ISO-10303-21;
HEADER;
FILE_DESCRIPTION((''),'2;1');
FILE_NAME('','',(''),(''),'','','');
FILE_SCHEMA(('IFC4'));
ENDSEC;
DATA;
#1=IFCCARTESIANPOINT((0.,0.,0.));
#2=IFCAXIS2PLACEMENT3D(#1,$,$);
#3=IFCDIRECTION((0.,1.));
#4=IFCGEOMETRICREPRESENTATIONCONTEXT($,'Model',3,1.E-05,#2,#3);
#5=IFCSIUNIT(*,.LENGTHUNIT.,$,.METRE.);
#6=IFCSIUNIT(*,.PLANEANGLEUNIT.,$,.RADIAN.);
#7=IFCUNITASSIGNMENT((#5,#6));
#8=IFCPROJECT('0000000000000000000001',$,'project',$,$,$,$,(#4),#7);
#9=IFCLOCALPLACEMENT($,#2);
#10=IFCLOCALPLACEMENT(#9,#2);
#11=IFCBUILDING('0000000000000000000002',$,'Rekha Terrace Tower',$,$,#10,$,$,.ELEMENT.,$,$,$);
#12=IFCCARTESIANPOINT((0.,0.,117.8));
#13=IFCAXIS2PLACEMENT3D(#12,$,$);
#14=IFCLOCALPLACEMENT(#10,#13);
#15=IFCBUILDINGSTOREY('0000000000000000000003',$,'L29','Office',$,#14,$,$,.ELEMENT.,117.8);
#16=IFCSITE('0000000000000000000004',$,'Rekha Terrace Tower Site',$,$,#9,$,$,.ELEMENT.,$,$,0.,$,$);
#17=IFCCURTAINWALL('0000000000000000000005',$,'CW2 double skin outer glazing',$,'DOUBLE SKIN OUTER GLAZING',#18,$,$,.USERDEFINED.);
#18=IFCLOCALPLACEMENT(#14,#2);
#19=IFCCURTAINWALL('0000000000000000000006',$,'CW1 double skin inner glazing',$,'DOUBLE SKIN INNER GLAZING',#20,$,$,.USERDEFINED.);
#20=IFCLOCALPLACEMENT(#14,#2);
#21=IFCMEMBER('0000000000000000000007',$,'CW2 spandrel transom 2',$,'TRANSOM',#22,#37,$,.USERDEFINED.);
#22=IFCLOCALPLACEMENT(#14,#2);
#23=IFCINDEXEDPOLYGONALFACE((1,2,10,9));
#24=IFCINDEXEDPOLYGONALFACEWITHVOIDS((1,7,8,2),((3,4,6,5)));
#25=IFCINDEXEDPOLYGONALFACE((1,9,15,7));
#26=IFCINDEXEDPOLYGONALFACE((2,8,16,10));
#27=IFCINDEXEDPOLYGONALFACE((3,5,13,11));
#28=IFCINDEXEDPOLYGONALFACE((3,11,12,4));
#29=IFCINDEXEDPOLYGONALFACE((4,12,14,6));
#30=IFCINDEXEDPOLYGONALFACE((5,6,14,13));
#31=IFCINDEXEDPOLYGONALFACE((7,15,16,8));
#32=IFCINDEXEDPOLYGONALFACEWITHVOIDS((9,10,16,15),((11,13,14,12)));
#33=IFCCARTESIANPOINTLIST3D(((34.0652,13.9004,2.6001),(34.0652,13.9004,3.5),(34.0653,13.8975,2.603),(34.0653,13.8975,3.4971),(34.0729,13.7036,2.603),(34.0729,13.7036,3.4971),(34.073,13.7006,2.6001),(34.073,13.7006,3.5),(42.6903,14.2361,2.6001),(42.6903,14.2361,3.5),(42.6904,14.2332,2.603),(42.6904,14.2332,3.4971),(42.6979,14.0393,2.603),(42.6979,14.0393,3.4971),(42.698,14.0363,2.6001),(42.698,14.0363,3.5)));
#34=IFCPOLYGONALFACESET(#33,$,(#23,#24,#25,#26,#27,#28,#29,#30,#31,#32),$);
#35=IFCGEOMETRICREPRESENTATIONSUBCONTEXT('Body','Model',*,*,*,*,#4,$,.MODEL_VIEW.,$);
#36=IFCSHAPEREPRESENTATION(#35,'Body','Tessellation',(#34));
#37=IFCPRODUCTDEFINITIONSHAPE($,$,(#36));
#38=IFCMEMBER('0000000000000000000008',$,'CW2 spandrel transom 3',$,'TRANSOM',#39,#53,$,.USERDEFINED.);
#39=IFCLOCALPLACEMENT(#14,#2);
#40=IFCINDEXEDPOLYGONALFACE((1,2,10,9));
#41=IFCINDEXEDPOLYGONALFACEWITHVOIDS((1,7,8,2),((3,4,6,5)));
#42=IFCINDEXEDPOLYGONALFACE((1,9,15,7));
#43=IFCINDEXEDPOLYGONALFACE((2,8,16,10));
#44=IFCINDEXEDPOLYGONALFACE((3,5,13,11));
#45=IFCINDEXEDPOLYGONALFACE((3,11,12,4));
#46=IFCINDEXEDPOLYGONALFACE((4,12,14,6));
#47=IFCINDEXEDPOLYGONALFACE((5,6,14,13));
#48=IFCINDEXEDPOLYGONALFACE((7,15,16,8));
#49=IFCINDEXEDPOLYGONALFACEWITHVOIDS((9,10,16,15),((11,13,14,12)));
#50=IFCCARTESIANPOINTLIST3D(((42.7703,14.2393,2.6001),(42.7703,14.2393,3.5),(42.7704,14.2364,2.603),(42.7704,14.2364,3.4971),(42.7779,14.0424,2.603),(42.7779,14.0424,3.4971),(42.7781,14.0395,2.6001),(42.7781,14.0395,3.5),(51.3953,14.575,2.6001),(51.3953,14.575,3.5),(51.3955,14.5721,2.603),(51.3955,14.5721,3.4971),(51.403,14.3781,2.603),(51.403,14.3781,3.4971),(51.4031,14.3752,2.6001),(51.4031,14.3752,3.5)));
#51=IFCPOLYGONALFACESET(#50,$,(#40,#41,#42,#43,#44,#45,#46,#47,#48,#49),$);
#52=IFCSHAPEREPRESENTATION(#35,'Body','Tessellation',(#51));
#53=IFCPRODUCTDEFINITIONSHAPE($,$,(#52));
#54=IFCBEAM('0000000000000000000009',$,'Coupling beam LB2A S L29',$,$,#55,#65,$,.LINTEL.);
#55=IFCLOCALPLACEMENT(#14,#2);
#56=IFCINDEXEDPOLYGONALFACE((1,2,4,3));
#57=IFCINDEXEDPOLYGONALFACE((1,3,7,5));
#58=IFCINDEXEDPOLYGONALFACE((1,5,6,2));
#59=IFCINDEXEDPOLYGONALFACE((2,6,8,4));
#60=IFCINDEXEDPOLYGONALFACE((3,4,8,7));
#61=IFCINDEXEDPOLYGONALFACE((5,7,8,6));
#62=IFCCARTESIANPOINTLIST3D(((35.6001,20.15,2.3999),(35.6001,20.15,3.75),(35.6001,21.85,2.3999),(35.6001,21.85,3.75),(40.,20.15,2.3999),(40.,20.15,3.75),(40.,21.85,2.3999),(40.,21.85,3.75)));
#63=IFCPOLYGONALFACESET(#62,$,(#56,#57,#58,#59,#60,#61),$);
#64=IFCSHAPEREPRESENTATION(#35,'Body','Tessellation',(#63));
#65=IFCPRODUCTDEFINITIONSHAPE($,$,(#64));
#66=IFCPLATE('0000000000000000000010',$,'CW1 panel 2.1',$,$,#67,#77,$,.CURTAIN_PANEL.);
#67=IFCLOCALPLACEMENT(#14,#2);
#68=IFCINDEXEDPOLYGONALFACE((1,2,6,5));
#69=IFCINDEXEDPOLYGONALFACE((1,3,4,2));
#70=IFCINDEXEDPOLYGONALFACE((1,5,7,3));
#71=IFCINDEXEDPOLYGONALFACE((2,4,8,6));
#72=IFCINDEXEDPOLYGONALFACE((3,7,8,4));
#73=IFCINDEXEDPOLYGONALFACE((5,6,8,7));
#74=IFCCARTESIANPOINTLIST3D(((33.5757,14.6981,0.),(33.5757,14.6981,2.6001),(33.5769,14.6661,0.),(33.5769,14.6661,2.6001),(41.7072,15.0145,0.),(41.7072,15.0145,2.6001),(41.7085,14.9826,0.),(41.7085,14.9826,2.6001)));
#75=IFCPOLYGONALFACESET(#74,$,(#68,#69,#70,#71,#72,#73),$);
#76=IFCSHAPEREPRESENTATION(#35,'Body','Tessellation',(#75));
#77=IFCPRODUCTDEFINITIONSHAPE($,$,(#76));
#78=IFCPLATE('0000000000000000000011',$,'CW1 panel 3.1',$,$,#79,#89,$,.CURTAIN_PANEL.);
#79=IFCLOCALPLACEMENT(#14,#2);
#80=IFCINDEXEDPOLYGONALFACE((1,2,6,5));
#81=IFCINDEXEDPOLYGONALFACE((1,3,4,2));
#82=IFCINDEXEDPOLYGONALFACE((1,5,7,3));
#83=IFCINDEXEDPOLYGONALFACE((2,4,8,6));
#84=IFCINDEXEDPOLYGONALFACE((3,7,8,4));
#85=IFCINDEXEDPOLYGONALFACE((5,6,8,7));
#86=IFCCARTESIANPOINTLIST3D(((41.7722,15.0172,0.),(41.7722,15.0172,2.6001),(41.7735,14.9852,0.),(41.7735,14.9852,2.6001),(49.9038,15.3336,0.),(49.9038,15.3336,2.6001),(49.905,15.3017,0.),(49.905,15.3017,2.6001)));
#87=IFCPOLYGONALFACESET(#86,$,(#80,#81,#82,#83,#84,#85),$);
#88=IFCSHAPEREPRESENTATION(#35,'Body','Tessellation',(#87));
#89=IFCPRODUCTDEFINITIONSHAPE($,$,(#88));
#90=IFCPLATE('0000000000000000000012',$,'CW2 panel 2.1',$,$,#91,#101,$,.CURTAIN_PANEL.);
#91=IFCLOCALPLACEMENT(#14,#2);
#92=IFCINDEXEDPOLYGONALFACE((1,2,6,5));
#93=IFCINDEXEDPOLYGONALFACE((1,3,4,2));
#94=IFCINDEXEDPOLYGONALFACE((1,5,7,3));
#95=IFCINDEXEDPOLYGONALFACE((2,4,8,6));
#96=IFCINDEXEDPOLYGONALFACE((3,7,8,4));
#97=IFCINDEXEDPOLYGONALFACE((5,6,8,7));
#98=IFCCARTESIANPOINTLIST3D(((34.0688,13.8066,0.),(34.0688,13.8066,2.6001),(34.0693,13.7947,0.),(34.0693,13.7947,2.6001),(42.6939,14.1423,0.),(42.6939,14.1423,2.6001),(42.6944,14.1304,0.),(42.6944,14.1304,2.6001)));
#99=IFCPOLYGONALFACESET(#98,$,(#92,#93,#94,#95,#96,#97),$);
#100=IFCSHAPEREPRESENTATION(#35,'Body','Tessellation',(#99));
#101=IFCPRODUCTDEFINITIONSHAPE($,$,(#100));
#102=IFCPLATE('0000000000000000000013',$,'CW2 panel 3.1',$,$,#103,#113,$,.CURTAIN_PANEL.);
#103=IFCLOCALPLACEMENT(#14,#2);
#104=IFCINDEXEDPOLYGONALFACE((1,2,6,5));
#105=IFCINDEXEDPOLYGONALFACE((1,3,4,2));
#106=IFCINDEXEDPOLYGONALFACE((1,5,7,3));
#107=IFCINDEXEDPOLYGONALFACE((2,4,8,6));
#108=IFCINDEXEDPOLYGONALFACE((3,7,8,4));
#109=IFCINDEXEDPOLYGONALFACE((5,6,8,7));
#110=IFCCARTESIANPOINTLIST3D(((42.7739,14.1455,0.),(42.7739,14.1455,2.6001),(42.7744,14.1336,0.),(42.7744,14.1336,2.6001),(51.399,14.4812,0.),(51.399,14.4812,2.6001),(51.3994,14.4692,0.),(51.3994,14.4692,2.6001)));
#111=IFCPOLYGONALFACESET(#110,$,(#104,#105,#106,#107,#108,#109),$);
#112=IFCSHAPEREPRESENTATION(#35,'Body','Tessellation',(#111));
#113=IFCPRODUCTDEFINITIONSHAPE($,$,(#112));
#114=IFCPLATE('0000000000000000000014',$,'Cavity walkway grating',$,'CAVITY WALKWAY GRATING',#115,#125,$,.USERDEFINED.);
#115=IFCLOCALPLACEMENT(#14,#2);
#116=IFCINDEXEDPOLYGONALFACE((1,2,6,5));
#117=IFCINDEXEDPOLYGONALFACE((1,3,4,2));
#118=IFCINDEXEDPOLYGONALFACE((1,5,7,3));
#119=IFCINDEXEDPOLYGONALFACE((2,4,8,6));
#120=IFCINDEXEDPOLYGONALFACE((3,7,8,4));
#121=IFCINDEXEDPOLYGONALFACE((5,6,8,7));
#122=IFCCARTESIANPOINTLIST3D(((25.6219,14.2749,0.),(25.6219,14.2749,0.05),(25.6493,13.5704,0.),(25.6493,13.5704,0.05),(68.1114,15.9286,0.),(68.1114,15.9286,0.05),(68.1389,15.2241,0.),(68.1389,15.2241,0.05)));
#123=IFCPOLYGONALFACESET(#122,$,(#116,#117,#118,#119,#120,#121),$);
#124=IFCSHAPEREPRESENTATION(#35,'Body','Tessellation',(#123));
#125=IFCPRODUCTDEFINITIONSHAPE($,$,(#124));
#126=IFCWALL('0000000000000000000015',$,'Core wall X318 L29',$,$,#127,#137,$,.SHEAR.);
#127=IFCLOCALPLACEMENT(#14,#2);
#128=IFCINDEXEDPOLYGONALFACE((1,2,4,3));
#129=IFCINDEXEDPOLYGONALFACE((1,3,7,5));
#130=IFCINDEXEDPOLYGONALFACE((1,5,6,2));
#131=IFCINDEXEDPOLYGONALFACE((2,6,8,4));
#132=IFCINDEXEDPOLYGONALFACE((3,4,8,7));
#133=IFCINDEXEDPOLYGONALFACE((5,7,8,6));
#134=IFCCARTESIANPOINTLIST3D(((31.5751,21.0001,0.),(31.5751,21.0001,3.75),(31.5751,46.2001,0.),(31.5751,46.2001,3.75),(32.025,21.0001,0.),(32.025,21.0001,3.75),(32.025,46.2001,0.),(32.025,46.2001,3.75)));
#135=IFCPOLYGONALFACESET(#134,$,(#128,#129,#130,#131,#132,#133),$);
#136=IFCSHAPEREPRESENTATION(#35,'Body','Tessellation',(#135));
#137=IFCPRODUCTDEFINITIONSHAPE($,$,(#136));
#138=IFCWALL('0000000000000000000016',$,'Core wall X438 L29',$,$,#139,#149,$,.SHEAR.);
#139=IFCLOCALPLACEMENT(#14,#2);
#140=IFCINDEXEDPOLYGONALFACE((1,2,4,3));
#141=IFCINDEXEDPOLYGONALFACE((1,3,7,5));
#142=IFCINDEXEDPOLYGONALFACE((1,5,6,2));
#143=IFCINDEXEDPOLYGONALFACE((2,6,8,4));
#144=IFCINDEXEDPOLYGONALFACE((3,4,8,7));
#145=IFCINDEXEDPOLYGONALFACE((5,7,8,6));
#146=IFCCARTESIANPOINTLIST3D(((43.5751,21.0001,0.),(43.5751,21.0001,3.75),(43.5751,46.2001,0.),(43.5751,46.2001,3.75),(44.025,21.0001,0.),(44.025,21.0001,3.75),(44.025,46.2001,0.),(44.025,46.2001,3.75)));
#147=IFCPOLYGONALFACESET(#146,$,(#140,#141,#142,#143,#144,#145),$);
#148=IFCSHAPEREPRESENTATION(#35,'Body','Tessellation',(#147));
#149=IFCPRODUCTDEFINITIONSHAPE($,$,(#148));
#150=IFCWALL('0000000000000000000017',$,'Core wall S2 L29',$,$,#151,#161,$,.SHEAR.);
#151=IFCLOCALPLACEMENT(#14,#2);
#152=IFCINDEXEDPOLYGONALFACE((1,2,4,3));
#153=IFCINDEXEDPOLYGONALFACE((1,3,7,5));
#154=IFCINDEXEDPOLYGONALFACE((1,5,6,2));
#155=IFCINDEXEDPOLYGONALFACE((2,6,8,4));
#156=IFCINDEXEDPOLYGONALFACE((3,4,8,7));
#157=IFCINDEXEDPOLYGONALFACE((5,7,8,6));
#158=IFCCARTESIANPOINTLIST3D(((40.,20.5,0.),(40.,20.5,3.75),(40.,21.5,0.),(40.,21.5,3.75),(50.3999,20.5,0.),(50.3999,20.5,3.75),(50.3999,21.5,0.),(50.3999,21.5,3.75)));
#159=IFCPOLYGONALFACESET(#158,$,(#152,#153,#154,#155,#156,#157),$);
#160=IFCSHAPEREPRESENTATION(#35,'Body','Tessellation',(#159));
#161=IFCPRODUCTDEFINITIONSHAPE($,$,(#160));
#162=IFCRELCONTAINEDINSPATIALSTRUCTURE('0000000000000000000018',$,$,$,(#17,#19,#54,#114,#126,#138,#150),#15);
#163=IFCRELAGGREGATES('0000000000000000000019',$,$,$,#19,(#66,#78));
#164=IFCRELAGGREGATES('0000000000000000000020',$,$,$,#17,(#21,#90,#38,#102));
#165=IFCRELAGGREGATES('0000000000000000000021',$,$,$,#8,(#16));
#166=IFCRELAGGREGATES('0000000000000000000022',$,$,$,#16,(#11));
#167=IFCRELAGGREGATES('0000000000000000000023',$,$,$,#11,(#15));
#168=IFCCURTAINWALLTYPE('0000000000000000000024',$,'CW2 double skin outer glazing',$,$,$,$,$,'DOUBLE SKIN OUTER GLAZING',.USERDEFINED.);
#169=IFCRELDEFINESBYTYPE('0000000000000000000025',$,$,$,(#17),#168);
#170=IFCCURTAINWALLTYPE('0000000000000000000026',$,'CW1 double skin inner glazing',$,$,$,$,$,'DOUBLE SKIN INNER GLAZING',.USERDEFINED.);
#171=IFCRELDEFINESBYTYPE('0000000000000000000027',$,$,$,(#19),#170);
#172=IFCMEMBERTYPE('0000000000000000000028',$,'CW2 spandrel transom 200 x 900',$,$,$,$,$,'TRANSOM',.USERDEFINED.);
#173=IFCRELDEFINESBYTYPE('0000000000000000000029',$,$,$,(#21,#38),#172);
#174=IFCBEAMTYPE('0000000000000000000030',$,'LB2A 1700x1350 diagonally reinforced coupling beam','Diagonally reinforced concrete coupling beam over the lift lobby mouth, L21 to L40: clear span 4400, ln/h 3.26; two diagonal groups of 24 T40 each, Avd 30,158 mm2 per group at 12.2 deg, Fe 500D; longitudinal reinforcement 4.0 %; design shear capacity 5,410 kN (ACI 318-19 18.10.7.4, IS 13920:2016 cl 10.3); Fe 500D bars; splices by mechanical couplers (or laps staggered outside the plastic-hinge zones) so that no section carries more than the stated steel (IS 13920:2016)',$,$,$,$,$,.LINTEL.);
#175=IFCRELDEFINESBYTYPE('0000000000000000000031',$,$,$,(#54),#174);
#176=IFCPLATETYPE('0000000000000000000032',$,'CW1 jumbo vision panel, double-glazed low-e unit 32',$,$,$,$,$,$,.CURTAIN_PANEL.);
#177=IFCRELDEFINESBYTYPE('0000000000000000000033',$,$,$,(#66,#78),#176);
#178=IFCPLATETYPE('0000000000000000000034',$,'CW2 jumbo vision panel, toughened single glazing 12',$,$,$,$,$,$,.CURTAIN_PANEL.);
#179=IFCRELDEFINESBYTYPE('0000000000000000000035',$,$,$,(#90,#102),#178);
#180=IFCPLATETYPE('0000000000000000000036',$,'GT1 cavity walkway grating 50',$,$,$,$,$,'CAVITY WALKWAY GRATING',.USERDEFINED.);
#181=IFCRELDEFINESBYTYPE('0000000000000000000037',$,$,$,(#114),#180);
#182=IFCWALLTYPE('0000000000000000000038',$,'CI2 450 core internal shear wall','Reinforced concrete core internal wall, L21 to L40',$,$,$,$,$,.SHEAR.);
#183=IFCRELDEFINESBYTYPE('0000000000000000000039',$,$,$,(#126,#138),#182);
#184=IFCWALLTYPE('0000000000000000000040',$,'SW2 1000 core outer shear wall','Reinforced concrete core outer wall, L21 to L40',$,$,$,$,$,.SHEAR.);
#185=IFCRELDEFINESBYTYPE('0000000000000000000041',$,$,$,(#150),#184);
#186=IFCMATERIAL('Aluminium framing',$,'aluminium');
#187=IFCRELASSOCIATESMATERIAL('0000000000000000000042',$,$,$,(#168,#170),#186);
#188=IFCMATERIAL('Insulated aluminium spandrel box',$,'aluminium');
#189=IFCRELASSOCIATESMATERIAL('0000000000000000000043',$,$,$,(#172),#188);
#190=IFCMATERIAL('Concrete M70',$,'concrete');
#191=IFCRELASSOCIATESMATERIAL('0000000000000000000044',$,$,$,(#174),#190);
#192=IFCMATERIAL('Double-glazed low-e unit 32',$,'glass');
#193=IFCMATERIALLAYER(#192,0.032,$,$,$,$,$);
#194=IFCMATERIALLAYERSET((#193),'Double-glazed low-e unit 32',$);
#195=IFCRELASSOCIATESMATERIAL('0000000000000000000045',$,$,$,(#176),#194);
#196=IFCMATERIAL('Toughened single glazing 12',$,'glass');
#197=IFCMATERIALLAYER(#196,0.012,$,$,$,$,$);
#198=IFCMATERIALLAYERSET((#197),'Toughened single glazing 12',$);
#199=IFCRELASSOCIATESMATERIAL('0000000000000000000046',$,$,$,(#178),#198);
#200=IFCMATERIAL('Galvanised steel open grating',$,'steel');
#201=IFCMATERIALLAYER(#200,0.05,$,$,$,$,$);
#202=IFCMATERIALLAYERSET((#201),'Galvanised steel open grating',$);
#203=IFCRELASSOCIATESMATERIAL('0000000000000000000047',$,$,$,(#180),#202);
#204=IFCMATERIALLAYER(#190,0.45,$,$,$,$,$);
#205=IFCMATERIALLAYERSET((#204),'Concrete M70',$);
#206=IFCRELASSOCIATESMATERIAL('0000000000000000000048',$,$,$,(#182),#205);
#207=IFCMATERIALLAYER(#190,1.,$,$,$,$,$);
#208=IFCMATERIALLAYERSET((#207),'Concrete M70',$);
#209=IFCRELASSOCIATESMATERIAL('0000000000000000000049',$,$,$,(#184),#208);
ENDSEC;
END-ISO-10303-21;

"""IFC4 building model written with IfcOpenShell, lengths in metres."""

from ifc_helpers import new_model, si_unit, direction, frame, frame_2d, origin, origin_2d, place, context, subcontext, project, spatial, rectangle, hollow_rectangle, extrude, material, layer, layer_set, material_profile, profile_set, type_object, element, aggregate, save


model = new_model("IFC4")

# Units and contexts
model_context = context("Model", 3, precision=1e-05, world=origin(), true_north=direction((0.0, 1.0)))
body_context = subcontext(model_context, "Body", "Model", "MODEL_VIEW")
ifc_project = project(units=[si_unit("LENGTHUNIT", "METRE"), si_unit("PLANEANGLEUNIT", "RADIAN")], contexts=[model_context])

# Site, building, storey
site_placement = place(None, origin())
site = spatial("IfcSite", under=ifc_project, at=site_placement, Name="Rekha Terrace Tower Site", CompositionType="ELEMENT", RefElevation=0.0)
building_placement = place(site_placement, origin())
building = spatial("IfcBuilding", under=site, at=building_placement, Name="Rekha Terrace Tower", CompositionType="ELEMENT")
storey_placement = place(building_placement, frame((0.0, 0.0, 117.8)))
storey = spatial("IfcBuildingStorey", under=building, at=storey_placement, Name="L29", Description="Office", CompositionType="ELEMENT", Elevation=117.8)

# Shared definitions
ifc_material_1 = material(Name="Concrete M70", Category="concrete")

# Curtain walls
ifc_material_2 = material(Name="Aluminium framing", Category="aluminium")
curtain_wall_type_1 = type_object("IfcCurtainWallType", Name="CW2 double skin outer glazing", ElementType="DOUBLE SKIN OUTER GLAZING", PredefinedType="USERDEFINED", material=ifc_material_2)
curtain_wall_1_placement = place(storey_placement, origin())
curtain_wall_1 = element("IfcCurtainWall", 1, at=curtain_wall_1_placement, inside=storey, type_object=curtain_wall_type_1, Name="CW2 double skin outer glazing", ObjectType="DOUBLE SKIN OUTER GLAZING", PredefinedType="USERDEFINED")
curtain_wall_type_2 = type_object("IfcCurtainWallType", Name="CW1 double skin inner glazing", ElementType="DOUBLE SKIN INNER GLAZING", PredefinedType="USERDEFINED", material=ifc_material_2)
curtain_wall_2_placement = place(storey_placement, origin())
curtain_wall_2 = element("IfcCurtainWall", 2, at=curtain_wall_2_placement, inside=storey, type_object=curtain_wall_type_2, Name="CW1 double skin inner glazing", ObjectType="DOUBLE SKIN INNER GLAZING", PredefinedType="USERDEFINED")
ifc_material_3 = material(Name="Insulated aluminium spandrel box", Category="aluminium")

# Members
ifc_material_profile_1 = material_profile(ifc_material_3, hollow_rectangle(XDim=0.2, YDim=0.8999, WallThickness=0.0029, at=origin_2d()), Name="AL SPANDREL BOX 200x900")
ifc_profile_set_1 = profile_set([ifc_material_profile_1], Name="Insulated aluminium spandrel box")
member_type_1 = type_object("IfcMemberType", Name="CW2 spandrel transom 200 x 900", ElementType="TRANSOM", PredefinedType="USERDEFINED", material=ifc_profile_set_1)
member_1_placement = place(storey_placement, frame((34.0691, 13.8005, 3.05), z_axis=(0.999243, 0.038892, 0.0), x_axis=(-0.038892, 0.999243, 0.0)))
member_1 = element("IfcMember", 3, at=member_1_placement, type_object=member_type_1, Name="CW2 spandrel transom 2", ObjectType="TRANSOM", PredefinedType="USERDEFINED", context=body_context, shape_type="SweptSolid", body=[
    extrude(hollow_rectangle(XDim=0.2, YDim=0.8999, WallThickness=0.0029, at=origin_2d()), origin(), (0.0, 0.0, 1.0), 8.6316),
])
member_2_placement = place(storey_placement, frame((42.7742, 14.1394, 3.05), z_axis=(0.999243, 0.038892, 0.0), x_axis=(-0.038892, 0.999243, 0.0)))
member_2 = element("IfcMember", 4, at=member_2_placement, type_object=member_type_1, Name="CW2 spandrel transom 3", ObjectType="TRANSOM", PredefinedType="USERDEFINED", context=body_context, shape_type="SweptSolid", body=[
    extrude(hollow_rectangle(XDim=0.2, YDim=0.8999, WallThickness=0.0029, at=origin_2d()), origin(), (0.0, 0.0, 1.0), 8.6316),
])

# Beam
ifc_material_profile_2 = material_profile(ifc_material_1, rectangle(XDim=1.7, YDim=1.3501, at=origin_2d()), Name="RC 1700x1350")
ifc_profile_set_2 = profile_set([ifc_material_profile_2], Name="Concrete M70")
beam_type = type_object("IfcBeamType", Name="LB2A 1700x1350 diagonally reinforced coupling beam", Description="Diagonally reinforced concrete coupling beam over the lift lobby mouth, L21 to L40: clear span 4400, ln/h 3.26; two diagonal groups of 24 T40 each, Avd 30,158 mm2 per group at 12.2 deg, Fe 500D; longitudinal reinforcement 4.0 %; design shear capacity 5,410 kN (ACI 318-19 18.10.7.4, IS 13920:2016 cl 10.3); Fe 500D bars; splices by mechanical couplers (or laps staggered outside the plastic-hinge zones) so that no section carries more than the stated steel (IS 13920:2016)", PredefinedType="LINTEL", material=ifc_profile_set_2)
beam_placement = place(storey_placement, frame((35.6001, 21.0, 3.075), z_axis=(1.0, 0.0, 0.0), x_axis=(0.0, 1.0, 0.0)))
element("IfcBeam", 5, at=beam_placement, inside=storey, type_object=beam_type, Name="Coupling beam LB2A S L29", PredefinedType="LINTEL", context=body_context, shape_type="SweptSolid", body=[
    extrude(rectangle(XDim=1.7, YDim=1.3501, at=origin_2d()), origin(), (0.0, 0.0, 1.0), 4.3999),
])

# Plates
ifc_material_4 = material(Name="Double-glazed low-e unit 32", Category="glass")
ifc_layer_1 = layer(ifc_material_4, 0.032)
ifc_layer_set_1 = layer_set([ifc_layer_1], Name="Double-glazed low-e unit 32")
plate_type_1 = type_object("IfcPlateType", Name="CW1 jumbo vision panel, double-glazed low-e unit 32", PredefinedType="CURTAIN_PANEL", material=ifc_layer_set_1)
plate_1_placement = place(storey_placement, frame((37.6421, 14.8403, 0.0), z_axis=(0.0, 0.0, 1.0), x_axis=(0.999243, 0.03889, 0.0)))
plate_1 = element("IfcPlate", 6, at=plate_1_placement, type_object=plate_type_1, Name="CW1 panel 2.1", PredefinedType="CURTAIN_PANEL", context=body_context, shape_type="SweptSolid", body=[
    extrude(rectangle(XDim=8.1377, YDim=0.032, at=origin_2d()), origin(), (0.0, 0.0, 1.0), 2.6001),
])
plate_2_placement = place(storey_placement, frame((45.8386, 15.1594, 0.0), z_axis=(0.0, 0.0, 1.0), x_axis=(0.999243, 0.03889, 0.0)))
plate_2 = element("IfcPlate", 7, at=plate_2_placement, type_object=plate_type_1, Name="CW1 panel 3.1", PredefinedType="CURTAIN_PANEL", context=body_context, shape_type="SweptSolid", body=[
    extrude(rectangle(XDim=8.1377, YDim=0.032, at=origin_2d()), origin(), (0.0, 0.0, 1.0), 2.6001),
])
aggregate(curtain_wall_2, [plate_1, plate_2])
ifc_material_5 = material(Name="Toughened single glazing 12", Category="glass")
ifc_layer_2 = layer(ifc_material_5, 0.012)
ifc_layer_set_2 = layer_set([ifc_layer_2], Name="Toughened single glazing 12")
plate_type_2 = type_object("IfcPlateType", Name="CW2 jumbo vision panel, toughened single glazing 12", PredefinedType="CURTAIN_PANEL", material=ifc_layer_set_2)
plate_3_placement = place(storey_placement, frame((38.3816, 13.9685, 0.0), z_axis=(0.0, 0.0, 1.0), x_axis=(0.999243, 0.03889, 0.0)))
plate_3 = element("IfcPlate", 8, at=plate_3_placement, type_object=plate_type_2, Name="CW2 panel 2.1", PredefinedType="CURTAIN_PANEL", context=body_context, shape_type="SweptSolid", body=[
    extrude(rectangle(XDim=8.6316, YDim=0.012, at=origin_2d()), origin(), (0.0, 0.0, 1.0), 2.6001),
])
plate_4_placement = place(storey_placement, frame((47.0867, 14.3074, 0.0), z_axis=(0.0, 0.0, 1.0), x_axis=(0.999243, 0.03889, 0.0)))
plate_4 = element("IfcPlate", 9, at=plate_4_placement, type_object=plate_type_2, Name="CW2 panel 3.1", PredefinedType="CURTAIN_PANEL", context=body_context, shape_type="SweptSolid", body=[
    extrude(rectangle(XDim=8.6316, YDim=0.012, at=origin_2d()), origin(), (0.0, 0.0, 1.0), 2.6001),
])
aggregate(curtain_wall_1, [member_1, plate_3, member_2, plate_4])
ifc_material_6 = material(Name="Galvanised steel open grating", Category="steel")
ifc_layer_3 = layer(ifc_material_6, 0.05)
ifc_layer_set_3 = layer_set([ifc_layer_3], Name="Galvanised steel open grating")
plate_type_3 = type_object("IfcPlateType", Name="GT1 cavity walkway grating 50", ElementType="CAVITY WALKWAY GRATING", PredefinedType="USERDEFINED", material=ifc_layer_set_3)
plate_5_placement = place(storey_placement, frame((46.8804, 14.7495, 0.0), z_axis=(0.0, 0.0, 1.0), x_axis=(0.999243, 0.03889, 0.0)))
element("IfcPlate", 10, at=plate_5_placement, inside=storey, type_object=plate_type_3, Name="Cavity walkway grating", ObjectType="CAVITY WALKWAY GRATING", PredefinedType="USERDEFINED", context=body_context, shape_type="SweptSolid", body=[
    extrude(rectangle(XDim=42.5217, YDim=0.7051, at=origin_2d()), origin(), (0.0, 0.0, 1.0), 0.05),
])

# Walls
ifc_layer_4 = layer(ifc_material_1, 0.45)
ifc_layer_set_4 = layer_set([ifc_layer_4], Name="Concrete M70")
wall_type_1 = type_object("IfcWallType", Name="CI2 450 core internal shear wall", Description="Reinforced concrete core internal wall, L21 to L40", PredefinedType="SHEAR", material=ifc_layer_set_4)
for number, where, z_axis, x_axis, name in (
    (11, (31.8, 21.0, 0.0), (0.0, 0.0, 1.0), (0.0, 1.0, 0.0), "Core wall X318 L29"),
    (12, (43.8, 21.0, 0.0), (0.0, 0.0, 1.0), (0.0, 1.0, 0.0), "Core wall X438 L29"),
):
    element("IfcWall", number, at=place(storey_placement, frame(where, z_axis=z_axis, x_axis=x_axis)), inside=storey, type_object=wall_type_1, Name=name, PredefinedType="SHEAR", context=body_context, shape_type="SweptSolid", body=[
        extrude(rectangle(XDim=25.2, YDim=0.45, at=frame_2d((12.6001, 0.0))), origin(), (0.0, 0.0, 1.0), 3.75),
    ])
ifc_layer_5 = layer(ifc_material_1, 1.0)
ifc_layer_set_5 = layer_set([ifc_layer_5], Name="Concrete M70")
wall_type_2 = type_object("IfcWallType", Name="SW2 1000 core outer shear wall", Description="Reinforced concrete core outer wall, L21 to L40", PredefinedType="SHEAR", material=ifc_layer_set_5)
wall_1_placement = place(storey_placement, frame((40.0, 21.0, 0.0), z_axis=(0.0, 0.0, 1.0), x_axis=(1.0, 0.0, 0.0)))
element("IfcWall", 13, at=wall_1_placement, inside=storey, type_object=wall_type_2, Name="Core wall S2 L29", PredefinedType="SHEAR", context=body_context, shape_type="SweptSolid", body=[
    extrude(rectangle(XDim=10.3999, YDim=1.0, at=frame_2d((5.2, 0.0))), origin(), (0.0, 0.0, 1.0), 3.75),
])

save(model, "model.ifc")
